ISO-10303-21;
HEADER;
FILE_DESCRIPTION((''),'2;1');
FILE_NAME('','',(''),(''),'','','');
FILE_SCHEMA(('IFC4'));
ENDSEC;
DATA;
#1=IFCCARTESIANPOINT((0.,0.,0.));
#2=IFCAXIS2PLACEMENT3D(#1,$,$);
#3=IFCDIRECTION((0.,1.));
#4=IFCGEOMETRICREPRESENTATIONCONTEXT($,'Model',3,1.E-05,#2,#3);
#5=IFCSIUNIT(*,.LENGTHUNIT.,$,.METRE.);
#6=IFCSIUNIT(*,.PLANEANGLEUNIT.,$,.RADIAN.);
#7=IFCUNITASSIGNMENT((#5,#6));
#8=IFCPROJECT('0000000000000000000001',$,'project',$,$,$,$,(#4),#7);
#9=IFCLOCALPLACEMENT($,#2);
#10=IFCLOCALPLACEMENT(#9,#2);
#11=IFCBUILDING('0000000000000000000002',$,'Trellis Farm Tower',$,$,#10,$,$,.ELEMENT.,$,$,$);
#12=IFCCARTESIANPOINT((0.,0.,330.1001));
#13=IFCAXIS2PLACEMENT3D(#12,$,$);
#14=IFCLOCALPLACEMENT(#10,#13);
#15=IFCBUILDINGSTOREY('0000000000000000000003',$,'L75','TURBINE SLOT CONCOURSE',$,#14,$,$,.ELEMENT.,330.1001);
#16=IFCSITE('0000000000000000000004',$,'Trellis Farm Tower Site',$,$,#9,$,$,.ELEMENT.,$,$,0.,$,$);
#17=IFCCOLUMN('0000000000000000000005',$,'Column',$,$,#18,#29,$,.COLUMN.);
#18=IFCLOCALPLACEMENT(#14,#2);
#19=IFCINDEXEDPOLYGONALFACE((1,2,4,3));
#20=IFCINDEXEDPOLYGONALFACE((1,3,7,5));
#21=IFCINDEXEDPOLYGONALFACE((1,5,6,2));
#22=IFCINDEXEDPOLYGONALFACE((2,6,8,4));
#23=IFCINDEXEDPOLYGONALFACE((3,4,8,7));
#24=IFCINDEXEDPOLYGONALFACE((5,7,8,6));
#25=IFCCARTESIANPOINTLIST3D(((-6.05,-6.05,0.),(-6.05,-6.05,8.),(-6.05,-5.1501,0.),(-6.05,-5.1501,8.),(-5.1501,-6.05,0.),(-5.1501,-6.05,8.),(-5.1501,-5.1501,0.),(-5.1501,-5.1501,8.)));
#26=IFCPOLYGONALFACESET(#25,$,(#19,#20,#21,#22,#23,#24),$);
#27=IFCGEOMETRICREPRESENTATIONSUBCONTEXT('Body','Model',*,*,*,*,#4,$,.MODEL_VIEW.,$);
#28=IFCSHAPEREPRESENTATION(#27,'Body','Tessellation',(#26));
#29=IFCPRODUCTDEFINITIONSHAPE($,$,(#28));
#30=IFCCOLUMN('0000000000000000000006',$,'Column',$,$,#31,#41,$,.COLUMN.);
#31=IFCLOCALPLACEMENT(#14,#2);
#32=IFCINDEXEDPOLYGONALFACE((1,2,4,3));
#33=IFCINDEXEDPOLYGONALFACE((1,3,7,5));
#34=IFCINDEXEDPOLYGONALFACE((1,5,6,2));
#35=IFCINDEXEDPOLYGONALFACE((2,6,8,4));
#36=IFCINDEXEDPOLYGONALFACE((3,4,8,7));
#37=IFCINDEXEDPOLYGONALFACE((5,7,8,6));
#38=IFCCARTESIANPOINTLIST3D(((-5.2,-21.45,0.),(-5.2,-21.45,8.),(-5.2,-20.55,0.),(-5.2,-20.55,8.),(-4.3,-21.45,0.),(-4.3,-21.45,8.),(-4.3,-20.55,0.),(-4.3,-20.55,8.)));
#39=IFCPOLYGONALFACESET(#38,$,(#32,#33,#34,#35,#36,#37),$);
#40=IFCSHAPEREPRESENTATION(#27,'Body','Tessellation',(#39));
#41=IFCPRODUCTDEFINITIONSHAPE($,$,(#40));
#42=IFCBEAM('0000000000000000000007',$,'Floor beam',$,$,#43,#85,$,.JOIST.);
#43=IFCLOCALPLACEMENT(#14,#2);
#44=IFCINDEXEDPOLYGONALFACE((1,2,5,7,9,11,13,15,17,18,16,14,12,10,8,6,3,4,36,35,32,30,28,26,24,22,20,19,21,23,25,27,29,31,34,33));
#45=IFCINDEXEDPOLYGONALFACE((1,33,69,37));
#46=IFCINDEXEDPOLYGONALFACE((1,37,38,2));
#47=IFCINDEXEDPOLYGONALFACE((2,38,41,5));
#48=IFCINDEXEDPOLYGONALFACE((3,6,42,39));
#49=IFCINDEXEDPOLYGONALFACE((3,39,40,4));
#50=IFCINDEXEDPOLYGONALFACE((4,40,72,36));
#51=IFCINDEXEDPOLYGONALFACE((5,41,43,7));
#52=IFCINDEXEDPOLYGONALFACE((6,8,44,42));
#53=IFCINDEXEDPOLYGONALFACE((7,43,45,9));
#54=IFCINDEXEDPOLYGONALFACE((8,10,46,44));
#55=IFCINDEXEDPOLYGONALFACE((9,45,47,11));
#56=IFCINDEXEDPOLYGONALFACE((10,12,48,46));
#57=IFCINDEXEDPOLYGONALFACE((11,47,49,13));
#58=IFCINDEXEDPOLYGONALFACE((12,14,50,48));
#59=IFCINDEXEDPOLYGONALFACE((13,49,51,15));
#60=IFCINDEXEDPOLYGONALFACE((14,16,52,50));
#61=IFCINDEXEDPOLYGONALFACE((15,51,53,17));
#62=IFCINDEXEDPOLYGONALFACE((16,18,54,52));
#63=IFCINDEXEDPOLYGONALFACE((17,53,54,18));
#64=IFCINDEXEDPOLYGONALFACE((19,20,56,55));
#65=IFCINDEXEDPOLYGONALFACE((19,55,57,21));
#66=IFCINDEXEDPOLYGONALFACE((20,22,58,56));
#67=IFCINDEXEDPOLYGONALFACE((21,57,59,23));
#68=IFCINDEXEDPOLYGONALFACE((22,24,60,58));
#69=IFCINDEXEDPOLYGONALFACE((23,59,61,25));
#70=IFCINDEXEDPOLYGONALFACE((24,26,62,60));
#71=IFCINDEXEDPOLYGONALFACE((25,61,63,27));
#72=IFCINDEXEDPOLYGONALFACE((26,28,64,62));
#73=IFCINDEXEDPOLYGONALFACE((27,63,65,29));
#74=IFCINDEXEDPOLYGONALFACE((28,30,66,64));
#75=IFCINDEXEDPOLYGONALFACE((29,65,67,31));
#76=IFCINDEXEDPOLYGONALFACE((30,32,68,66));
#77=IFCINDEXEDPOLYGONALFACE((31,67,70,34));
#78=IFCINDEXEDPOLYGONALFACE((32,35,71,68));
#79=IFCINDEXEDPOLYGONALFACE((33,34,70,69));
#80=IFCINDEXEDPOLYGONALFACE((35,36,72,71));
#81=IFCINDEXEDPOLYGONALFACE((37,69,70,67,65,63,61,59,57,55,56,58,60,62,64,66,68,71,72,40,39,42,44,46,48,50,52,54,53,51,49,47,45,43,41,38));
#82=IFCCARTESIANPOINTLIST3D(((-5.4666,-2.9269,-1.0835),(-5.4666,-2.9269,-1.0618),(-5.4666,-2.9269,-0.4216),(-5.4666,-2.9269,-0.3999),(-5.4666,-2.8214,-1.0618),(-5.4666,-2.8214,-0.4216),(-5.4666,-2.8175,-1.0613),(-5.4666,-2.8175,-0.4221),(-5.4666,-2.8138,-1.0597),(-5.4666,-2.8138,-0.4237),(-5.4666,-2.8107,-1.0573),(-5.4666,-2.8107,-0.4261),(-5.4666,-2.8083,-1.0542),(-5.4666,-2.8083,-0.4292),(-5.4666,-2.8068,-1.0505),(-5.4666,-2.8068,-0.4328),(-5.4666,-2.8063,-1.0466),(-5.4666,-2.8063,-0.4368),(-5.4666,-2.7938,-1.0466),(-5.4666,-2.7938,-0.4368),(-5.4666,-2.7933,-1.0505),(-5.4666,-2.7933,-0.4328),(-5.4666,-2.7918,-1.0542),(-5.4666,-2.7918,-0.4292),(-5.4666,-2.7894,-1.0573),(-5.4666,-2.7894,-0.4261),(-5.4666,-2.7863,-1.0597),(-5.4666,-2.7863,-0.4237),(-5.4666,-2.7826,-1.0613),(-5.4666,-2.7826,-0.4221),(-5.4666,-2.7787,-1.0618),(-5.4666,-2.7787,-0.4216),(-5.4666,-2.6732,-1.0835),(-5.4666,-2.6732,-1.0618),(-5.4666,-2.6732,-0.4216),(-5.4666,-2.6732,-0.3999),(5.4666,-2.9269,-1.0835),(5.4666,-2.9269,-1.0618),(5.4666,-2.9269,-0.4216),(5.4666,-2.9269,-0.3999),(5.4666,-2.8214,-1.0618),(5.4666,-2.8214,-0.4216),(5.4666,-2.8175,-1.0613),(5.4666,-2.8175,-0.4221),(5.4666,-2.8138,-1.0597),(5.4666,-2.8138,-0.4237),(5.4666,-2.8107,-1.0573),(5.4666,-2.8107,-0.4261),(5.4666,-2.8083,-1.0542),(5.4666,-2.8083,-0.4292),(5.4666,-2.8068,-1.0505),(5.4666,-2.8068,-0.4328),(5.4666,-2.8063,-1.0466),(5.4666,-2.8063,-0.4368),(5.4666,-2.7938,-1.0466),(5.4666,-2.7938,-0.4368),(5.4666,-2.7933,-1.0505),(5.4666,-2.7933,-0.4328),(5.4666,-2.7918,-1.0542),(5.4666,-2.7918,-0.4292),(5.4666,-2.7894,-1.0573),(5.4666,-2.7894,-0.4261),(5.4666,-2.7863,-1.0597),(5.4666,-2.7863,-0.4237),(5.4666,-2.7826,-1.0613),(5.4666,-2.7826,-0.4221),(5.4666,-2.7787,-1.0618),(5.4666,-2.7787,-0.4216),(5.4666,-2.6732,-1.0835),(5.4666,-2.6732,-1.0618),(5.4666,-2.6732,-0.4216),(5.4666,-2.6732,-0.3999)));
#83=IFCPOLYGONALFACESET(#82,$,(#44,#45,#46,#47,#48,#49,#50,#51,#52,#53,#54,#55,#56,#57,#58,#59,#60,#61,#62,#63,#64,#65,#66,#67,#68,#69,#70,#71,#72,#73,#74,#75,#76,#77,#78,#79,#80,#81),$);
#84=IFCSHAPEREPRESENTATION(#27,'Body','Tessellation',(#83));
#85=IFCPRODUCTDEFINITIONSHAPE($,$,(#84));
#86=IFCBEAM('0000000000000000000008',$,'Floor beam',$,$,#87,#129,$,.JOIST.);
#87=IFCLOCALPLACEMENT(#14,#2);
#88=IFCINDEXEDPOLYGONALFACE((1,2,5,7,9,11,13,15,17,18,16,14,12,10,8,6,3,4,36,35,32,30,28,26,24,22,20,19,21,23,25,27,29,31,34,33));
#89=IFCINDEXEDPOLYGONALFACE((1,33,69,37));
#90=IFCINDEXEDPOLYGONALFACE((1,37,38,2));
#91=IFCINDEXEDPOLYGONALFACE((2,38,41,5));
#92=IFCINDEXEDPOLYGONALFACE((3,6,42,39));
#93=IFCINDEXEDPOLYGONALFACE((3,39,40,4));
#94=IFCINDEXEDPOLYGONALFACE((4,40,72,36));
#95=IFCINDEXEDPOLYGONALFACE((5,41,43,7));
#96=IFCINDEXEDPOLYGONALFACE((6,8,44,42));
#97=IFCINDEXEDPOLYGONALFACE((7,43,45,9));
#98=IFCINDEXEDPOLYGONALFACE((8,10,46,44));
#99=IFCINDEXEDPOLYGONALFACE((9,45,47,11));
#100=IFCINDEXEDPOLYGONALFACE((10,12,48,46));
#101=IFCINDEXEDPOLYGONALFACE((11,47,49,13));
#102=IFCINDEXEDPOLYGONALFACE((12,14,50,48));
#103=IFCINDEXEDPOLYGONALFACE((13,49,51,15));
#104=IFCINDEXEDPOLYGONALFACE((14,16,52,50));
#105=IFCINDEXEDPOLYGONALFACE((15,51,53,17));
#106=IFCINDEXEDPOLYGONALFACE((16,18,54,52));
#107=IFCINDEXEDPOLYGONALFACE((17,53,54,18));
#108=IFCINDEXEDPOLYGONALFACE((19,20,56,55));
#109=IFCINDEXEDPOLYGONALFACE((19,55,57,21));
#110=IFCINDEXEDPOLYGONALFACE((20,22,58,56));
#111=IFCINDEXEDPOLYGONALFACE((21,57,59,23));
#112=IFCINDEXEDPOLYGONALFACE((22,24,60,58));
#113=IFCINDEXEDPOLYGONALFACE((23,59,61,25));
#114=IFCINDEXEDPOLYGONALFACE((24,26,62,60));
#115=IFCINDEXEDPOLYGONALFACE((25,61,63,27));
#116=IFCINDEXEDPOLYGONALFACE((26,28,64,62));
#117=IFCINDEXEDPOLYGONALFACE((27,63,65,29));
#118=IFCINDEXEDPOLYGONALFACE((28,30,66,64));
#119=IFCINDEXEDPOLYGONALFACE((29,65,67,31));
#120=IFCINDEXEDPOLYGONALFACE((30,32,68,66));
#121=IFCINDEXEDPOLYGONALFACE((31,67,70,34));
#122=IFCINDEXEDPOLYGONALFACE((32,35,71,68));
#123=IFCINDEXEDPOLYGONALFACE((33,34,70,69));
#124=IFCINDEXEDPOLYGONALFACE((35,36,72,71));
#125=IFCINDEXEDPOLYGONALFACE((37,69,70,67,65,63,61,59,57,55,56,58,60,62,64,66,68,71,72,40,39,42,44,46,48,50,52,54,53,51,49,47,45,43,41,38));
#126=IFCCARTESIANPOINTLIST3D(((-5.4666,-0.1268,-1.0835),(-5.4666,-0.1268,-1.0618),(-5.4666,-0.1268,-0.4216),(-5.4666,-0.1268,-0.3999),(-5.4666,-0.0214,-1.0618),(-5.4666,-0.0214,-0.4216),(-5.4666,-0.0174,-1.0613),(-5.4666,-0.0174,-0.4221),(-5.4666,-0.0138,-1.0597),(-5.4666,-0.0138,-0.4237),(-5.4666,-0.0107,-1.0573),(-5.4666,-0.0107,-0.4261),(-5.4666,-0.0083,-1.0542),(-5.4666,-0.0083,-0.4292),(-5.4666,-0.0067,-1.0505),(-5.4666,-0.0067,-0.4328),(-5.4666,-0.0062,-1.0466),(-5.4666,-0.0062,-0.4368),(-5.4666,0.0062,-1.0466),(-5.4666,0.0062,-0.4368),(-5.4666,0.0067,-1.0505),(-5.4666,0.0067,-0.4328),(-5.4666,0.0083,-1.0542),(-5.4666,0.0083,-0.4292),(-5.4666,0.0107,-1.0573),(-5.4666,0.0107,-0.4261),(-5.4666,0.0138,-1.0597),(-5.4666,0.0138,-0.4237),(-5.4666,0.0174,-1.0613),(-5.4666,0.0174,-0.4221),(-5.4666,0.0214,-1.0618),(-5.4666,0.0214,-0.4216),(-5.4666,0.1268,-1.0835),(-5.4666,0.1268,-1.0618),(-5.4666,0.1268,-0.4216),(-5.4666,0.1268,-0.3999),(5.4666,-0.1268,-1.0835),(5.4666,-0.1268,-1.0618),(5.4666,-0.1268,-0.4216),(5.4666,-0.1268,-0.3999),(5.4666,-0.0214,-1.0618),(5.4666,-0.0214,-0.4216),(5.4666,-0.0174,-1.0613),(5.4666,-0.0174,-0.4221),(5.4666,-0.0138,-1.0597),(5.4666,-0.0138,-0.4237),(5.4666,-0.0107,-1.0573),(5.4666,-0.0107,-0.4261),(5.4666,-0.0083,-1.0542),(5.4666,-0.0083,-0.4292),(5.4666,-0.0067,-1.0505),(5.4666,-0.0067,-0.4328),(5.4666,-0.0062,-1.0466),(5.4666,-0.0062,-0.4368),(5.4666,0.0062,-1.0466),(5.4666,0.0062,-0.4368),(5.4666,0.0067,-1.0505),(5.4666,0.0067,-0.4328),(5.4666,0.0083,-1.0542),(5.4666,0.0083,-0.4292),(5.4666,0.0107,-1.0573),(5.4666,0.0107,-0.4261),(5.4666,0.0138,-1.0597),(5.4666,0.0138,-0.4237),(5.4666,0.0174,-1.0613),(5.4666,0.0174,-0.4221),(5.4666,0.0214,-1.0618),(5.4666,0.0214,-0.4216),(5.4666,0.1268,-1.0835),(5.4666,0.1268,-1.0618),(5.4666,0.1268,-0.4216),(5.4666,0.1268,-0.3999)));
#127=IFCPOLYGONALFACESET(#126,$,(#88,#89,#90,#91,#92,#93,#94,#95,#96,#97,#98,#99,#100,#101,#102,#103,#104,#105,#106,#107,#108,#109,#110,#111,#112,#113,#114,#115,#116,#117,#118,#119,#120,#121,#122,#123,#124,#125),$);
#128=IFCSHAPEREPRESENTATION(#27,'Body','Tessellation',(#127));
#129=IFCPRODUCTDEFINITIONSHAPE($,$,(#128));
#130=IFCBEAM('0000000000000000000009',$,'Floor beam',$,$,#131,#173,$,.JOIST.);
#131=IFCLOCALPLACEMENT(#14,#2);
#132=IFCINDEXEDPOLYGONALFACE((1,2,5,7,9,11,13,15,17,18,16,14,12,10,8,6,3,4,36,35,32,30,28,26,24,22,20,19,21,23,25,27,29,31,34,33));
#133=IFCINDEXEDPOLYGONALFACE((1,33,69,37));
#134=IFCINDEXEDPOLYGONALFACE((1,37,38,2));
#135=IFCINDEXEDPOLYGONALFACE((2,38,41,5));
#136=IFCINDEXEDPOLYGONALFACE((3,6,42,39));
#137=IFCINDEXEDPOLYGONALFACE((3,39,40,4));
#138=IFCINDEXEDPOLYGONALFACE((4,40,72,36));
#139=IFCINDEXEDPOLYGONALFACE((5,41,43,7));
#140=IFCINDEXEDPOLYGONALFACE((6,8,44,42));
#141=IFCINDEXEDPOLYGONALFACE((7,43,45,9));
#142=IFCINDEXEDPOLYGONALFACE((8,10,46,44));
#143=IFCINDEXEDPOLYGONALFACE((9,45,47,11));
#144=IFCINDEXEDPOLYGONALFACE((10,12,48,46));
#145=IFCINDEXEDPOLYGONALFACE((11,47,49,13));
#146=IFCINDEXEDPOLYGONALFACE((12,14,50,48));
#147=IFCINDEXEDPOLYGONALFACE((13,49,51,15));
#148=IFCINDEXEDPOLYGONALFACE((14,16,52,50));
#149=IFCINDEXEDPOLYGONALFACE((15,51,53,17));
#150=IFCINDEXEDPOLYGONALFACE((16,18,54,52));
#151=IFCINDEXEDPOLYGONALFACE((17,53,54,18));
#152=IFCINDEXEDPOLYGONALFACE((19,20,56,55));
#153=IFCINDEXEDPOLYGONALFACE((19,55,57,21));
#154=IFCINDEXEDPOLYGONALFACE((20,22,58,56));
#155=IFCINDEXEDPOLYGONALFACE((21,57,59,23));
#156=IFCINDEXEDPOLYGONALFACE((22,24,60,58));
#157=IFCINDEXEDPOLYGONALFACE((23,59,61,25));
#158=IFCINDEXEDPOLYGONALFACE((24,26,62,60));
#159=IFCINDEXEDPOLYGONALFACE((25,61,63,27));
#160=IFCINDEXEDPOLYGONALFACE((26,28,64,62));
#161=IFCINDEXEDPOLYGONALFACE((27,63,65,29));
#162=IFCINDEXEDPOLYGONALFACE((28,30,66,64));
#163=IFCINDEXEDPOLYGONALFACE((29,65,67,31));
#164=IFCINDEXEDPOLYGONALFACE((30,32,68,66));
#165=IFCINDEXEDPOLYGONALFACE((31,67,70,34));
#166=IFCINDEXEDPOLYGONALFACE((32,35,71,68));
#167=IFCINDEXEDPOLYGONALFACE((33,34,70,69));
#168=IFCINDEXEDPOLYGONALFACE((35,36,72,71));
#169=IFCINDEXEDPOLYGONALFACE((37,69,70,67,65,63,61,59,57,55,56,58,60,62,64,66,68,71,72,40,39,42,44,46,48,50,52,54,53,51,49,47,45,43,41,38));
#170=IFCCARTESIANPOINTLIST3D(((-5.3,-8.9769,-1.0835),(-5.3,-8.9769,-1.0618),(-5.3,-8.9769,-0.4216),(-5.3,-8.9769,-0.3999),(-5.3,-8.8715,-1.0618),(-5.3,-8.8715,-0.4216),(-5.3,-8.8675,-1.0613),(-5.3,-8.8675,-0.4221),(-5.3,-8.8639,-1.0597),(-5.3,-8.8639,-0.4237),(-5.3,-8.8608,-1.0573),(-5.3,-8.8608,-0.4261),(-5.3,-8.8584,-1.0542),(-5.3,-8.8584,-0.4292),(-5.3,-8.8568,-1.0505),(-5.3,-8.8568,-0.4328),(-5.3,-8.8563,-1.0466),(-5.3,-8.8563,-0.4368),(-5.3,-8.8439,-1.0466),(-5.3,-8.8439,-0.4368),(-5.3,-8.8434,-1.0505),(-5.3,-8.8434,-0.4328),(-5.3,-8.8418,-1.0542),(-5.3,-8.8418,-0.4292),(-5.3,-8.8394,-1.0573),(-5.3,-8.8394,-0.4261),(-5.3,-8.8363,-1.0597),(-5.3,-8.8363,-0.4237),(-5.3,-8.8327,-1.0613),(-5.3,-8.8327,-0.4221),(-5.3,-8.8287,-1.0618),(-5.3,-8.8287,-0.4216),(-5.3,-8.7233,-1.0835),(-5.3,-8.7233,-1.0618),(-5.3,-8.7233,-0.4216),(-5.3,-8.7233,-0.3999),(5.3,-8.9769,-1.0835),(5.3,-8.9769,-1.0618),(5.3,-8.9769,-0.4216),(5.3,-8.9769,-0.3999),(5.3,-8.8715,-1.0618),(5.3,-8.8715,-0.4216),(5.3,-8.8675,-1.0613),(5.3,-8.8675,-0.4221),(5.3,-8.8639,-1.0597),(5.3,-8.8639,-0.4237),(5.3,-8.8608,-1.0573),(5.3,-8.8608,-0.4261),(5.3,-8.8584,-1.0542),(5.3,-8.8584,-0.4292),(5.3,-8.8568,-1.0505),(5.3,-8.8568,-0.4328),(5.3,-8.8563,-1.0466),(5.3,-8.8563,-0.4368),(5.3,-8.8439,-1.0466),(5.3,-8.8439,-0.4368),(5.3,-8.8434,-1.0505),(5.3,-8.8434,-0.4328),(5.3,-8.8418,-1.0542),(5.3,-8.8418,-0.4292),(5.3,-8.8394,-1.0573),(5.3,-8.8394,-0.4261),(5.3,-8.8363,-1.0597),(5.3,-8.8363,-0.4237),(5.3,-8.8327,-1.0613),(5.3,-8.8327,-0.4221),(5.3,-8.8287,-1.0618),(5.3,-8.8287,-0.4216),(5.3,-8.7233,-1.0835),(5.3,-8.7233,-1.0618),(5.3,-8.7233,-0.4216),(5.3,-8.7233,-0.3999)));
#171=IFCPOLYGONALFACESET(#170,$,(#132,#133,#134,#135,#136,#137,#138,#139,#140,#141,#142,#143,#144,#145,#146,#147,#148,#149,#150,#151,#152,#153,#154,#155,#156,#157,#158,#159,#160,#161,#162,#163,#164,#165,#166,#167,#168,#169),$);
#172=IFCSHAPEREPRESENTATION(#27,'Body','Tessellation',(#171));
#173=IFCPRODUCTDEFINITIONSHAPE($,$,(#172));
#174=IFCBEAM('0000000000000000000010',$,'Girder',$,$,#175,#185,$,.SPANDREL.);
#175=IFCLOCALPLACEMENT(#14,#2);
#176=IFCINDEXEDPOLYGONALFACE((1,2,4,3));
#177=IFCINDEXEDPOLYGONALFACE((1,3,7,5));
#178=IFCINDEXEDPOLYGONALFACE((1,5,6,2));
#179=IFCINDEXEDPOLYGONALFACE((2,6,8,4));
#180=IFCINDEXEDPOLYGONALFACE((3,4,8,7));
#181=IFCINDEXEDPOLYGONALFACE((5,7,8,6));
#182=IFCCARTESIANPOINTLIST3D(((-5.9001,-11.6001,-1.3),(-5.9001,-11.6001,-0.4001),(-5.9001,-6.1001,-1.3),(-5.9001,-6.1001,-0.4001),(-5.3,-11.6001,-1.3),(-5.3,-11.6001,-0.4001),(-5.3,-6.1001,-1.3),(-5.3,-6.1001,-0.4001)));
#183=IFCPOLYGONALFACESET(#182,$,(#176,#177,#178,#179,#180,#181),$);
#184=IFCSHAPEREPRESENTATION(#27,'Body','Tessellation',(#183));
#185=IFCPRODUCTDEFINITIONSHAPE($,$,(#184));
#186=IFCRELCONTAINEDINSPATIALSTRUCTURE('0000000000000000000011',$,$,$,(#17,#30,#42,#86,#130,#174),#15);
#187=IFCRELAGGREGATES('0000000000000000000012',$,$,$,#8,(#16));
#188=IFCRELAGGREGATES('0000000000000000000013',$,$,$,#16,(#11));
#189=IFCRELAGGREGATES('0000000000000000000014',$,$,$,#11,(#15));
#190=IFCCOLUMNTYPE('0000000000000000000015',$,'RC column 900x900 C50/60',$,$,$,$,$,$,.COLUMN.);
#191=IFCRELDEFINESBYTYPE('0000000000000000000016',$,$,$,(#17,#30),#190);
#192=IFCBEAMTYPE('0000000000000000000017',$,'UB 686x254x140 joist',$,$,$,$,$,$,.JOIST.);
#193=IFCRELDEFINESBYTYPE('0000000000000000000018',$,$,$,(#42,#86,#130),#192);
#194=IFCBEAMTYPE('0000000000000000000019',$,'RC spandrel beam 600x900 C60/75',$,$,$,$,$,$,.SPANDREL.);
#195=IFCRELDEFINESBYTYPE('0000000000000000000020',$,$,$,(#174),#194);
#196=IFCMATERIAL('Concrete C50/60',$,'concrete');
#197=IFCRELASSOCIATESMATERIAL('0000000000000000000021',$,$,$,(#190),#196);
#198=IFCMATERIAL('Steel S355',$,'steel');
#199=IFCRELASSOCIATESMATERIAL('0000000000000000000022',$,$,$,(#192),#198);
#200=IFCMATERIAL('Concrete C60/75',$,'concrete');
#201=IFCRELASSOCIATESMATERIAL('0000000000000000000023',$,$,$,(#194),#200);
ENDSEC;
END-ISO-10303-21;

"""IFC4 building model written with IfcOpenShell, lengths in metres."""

from ifc_helpers import new_model, si_unit, direction, frame, origin, origin_2d, place, context, subcontext, project, spatial, rectangle, i_section, extrude, source, transform, mapped, material, material_profile, profile_set, type_object, element, save


model = new_model("IFC4")

# Units and contexts
model_context = context("Model", 3, precision=1e-05, world=origin(), true_north=direction((0.0, 1.0)))
body_context = subcontext(model_context, "Body", "Model", "MODEL_VIEW")
ifc_project = project(units=[si_unit("LENGTHUNIT", "METRE"), si_unit("PLANEANGLEUNIT", "RADIAN")], contexts=[model_context])

# Site, building, storey
site_placement = place(None, origin())
site = spatial("IfcSite", under=ifc_project, at=site_placement, Name="Trellis Farm Tower Site", CompositionType="ELEMENT", RefElevation=0.0)
building_placement = place(site_placement, origin())
building = spatial("IfcBuilding", under=site, at=building_placement, Name="Trellis Farm Tower", CompositionType="ELEMENT")
storey_placement = place(building_placement, frame((0.0, 0.0, 330.1001)))
storey = spatial("IfcBuildingStorey", under=building, at=storey_placement, Name="L75", Description="TURBINE SLOT CONCOURSE", CompositionType="ELEMENT", Elevation=330.1001)

# Columns
ifc_material_1 = material(Name="Concrete C50/60", Category="concrete")
ifc_material_profile_1 = material_profile(ifc_material_1, rectangle(XDim=0.8999, YDim=0.8999, at=origin_2d()), Name="RC column 900x900 C50/60")
ifc_profile_set_1 = profile_set([ifc_material_profile_1], Name="Concrete C50/60")
column_type = type_object("IfcColumnType", Name="RC column 900x900 C50/60", PredefinedType="COLUMN", material=ifc_profile_set_1)
shared_shape_1 = source(origin(), body_context, "Body", "SweptSolid", [
    extrude(rectangle(XDim=0.8999, YDim=0.8999, at=origin_2d()), origin(), (0.0, 0.0, 1.0), 8.0),
])
for number, where, z_axis, x_axis, name in (
    (1, (-5.6001, -5.6001, 0.0), (0.0, 0.0, 1.0), (1.0, 0.0, 0.0), "Column"),
    (2, (-4.75, -21.0, 0.0), (0.0, 0.0, 1.0), (1.0, 0.0, 0.0), "Column"),
):
    element("IfcColumn", number, at=place(storey_placement, frame(where, z_axis=z_axis, x_axis=x_axis)), inside=storey, type_object=column_type, Name=name, PredefinedType="COLUMN", context=body_context, shape_type="MappedRepresentation", body=[
        mapped(shared_shape_1, transform((0.0, 0.0, 0.0))),
    ])

# Beams
ifc_material_2 = material(Name="Steel S355", Category="steel")
ifc_material_profile_2 = material_profile(ifc_material_2, i_section(OverallWidth=0.2537, OverallDepth=0.6836, WebThickness=0.0125, FlangeThickness=0.0217, FilletRadius=0.0151, at=origin_2d()), Name="UB 686x254x140")
ifc_profile_set_2 = profile_set([ifc_material_profile_2], Name="Steel S355")
beam_type_1 = type_object("IfcBeamType", Name="UB 686x254x140 joist", PredefinedType="JOIST", material=ifc_profile_set_2)
shared_shape_2 = source(origin(), body_context, "Body", "SweptSolid", [
    extrude(i_section(OverallWidth=0.2537, OverallDepth=0.6836, WebThickness=0.0125, FlangeThickness=0.0217, FilletRadius=0.0151, at=origin_2d()), origin(), (0.0, 0.0, 1.0), 10.9331),
])
for number, where, z_axis, x_axis, name in (
    (3, (-5.4666, -2.8, -0.7417), (1.0, 0.0, 0.0), (0.0, 1.0, 0.0), "Floor beam"),
    (4, (-5.4666, 0.0, -0.7417), (1.0, 0.0, 0.0), (0.0, 1.0, 0.0), "Floor beam"),
):
    element("IfcBeam", number, at=place(storey_placement, frame(where, z_axis=z_axis, x_axis=x_axis)), inside=storey, type_object=beam_type_1, Name=name, PredefinedType="JOIST", context=body_context, shape_type="MappedRepresentation", body=[
        mapped(shared_shape_2, transform((0.0, 0.0, 0.0))),
    ])
shared_shape_3 = source(origin(), body_context, "Body", "SweptSolid", [
    extrude(i_section(OverallWidth=0.2537, OverallDepth=0.6836, WebThickness=0.0125, FlangeThickness=0.0217, FilletRadius=0.0151, at=origin_2d()), origin(), (0.0, 0.0, 1.0), 10.6001),
])
beam_1_placement = place(storey_placement, frame((-5.3, -8.8501, -0.7417), z_axis=(1.0, 0.0, 0.0), x_axis=(0.0, 1.0, 0.0)))
element("IfcBeam", 5, at=beam_1_placement, inside=storey, type_object=beam_type_1, Name="Floor beam", PredefinedType="JOIST", context=body_context, shape_type="MappedRepresentation", body=[
    mapped(shared_shape_3, transform((0.0, 0.0, 0.0))),
])
ifc_material_3 = material(Name="Concrete C60/75", Category="concrete")
ifc_material_profile_3 = material_profile(ifc_material_3, rectangle(XDim=0.6001, YDim=0.8999, at=origin_2d()), Name="RC spandrel beam 600x900 C60/75")
ifc_profile_set_3 = profile_set([ifc_material_profile_3], Name="Concrete C60/75")
beam_type_2 = type_object("IfcBeamType", Name="RC spandrel beam 600x900 C60/75", PredefinedType="SPANDREL", material=ifc_profile_set_3)
shared_shape_4 = source(origin(), body_context, "Body", "SweptSolid", [
    extrude(rectangle(XDim=0.6001, YDim=0.8999, at=origin_2d()), origin(), (0.0, 0.0, 1.0), 5.5),
])
beam_2_placement = place(storey_placement, frame((-5.6001, -11.6001, -0.8501), z_axis=(0.0, 1.0, 0.0), x_axis=(-1.0, 0.0, 0.0)))
element("IfcBeam", 6, at=beam_2_placement, inside=storey, type_object=beam_type_2, Name="Girder", PredefinedType="SPANDREL", context=body_context, shape_type="MappedRepresentation", body=[
    mapped(shared_shape_4, transform((0.0, 0.0, 0.0))),
])

save(model, "model.ifc")
